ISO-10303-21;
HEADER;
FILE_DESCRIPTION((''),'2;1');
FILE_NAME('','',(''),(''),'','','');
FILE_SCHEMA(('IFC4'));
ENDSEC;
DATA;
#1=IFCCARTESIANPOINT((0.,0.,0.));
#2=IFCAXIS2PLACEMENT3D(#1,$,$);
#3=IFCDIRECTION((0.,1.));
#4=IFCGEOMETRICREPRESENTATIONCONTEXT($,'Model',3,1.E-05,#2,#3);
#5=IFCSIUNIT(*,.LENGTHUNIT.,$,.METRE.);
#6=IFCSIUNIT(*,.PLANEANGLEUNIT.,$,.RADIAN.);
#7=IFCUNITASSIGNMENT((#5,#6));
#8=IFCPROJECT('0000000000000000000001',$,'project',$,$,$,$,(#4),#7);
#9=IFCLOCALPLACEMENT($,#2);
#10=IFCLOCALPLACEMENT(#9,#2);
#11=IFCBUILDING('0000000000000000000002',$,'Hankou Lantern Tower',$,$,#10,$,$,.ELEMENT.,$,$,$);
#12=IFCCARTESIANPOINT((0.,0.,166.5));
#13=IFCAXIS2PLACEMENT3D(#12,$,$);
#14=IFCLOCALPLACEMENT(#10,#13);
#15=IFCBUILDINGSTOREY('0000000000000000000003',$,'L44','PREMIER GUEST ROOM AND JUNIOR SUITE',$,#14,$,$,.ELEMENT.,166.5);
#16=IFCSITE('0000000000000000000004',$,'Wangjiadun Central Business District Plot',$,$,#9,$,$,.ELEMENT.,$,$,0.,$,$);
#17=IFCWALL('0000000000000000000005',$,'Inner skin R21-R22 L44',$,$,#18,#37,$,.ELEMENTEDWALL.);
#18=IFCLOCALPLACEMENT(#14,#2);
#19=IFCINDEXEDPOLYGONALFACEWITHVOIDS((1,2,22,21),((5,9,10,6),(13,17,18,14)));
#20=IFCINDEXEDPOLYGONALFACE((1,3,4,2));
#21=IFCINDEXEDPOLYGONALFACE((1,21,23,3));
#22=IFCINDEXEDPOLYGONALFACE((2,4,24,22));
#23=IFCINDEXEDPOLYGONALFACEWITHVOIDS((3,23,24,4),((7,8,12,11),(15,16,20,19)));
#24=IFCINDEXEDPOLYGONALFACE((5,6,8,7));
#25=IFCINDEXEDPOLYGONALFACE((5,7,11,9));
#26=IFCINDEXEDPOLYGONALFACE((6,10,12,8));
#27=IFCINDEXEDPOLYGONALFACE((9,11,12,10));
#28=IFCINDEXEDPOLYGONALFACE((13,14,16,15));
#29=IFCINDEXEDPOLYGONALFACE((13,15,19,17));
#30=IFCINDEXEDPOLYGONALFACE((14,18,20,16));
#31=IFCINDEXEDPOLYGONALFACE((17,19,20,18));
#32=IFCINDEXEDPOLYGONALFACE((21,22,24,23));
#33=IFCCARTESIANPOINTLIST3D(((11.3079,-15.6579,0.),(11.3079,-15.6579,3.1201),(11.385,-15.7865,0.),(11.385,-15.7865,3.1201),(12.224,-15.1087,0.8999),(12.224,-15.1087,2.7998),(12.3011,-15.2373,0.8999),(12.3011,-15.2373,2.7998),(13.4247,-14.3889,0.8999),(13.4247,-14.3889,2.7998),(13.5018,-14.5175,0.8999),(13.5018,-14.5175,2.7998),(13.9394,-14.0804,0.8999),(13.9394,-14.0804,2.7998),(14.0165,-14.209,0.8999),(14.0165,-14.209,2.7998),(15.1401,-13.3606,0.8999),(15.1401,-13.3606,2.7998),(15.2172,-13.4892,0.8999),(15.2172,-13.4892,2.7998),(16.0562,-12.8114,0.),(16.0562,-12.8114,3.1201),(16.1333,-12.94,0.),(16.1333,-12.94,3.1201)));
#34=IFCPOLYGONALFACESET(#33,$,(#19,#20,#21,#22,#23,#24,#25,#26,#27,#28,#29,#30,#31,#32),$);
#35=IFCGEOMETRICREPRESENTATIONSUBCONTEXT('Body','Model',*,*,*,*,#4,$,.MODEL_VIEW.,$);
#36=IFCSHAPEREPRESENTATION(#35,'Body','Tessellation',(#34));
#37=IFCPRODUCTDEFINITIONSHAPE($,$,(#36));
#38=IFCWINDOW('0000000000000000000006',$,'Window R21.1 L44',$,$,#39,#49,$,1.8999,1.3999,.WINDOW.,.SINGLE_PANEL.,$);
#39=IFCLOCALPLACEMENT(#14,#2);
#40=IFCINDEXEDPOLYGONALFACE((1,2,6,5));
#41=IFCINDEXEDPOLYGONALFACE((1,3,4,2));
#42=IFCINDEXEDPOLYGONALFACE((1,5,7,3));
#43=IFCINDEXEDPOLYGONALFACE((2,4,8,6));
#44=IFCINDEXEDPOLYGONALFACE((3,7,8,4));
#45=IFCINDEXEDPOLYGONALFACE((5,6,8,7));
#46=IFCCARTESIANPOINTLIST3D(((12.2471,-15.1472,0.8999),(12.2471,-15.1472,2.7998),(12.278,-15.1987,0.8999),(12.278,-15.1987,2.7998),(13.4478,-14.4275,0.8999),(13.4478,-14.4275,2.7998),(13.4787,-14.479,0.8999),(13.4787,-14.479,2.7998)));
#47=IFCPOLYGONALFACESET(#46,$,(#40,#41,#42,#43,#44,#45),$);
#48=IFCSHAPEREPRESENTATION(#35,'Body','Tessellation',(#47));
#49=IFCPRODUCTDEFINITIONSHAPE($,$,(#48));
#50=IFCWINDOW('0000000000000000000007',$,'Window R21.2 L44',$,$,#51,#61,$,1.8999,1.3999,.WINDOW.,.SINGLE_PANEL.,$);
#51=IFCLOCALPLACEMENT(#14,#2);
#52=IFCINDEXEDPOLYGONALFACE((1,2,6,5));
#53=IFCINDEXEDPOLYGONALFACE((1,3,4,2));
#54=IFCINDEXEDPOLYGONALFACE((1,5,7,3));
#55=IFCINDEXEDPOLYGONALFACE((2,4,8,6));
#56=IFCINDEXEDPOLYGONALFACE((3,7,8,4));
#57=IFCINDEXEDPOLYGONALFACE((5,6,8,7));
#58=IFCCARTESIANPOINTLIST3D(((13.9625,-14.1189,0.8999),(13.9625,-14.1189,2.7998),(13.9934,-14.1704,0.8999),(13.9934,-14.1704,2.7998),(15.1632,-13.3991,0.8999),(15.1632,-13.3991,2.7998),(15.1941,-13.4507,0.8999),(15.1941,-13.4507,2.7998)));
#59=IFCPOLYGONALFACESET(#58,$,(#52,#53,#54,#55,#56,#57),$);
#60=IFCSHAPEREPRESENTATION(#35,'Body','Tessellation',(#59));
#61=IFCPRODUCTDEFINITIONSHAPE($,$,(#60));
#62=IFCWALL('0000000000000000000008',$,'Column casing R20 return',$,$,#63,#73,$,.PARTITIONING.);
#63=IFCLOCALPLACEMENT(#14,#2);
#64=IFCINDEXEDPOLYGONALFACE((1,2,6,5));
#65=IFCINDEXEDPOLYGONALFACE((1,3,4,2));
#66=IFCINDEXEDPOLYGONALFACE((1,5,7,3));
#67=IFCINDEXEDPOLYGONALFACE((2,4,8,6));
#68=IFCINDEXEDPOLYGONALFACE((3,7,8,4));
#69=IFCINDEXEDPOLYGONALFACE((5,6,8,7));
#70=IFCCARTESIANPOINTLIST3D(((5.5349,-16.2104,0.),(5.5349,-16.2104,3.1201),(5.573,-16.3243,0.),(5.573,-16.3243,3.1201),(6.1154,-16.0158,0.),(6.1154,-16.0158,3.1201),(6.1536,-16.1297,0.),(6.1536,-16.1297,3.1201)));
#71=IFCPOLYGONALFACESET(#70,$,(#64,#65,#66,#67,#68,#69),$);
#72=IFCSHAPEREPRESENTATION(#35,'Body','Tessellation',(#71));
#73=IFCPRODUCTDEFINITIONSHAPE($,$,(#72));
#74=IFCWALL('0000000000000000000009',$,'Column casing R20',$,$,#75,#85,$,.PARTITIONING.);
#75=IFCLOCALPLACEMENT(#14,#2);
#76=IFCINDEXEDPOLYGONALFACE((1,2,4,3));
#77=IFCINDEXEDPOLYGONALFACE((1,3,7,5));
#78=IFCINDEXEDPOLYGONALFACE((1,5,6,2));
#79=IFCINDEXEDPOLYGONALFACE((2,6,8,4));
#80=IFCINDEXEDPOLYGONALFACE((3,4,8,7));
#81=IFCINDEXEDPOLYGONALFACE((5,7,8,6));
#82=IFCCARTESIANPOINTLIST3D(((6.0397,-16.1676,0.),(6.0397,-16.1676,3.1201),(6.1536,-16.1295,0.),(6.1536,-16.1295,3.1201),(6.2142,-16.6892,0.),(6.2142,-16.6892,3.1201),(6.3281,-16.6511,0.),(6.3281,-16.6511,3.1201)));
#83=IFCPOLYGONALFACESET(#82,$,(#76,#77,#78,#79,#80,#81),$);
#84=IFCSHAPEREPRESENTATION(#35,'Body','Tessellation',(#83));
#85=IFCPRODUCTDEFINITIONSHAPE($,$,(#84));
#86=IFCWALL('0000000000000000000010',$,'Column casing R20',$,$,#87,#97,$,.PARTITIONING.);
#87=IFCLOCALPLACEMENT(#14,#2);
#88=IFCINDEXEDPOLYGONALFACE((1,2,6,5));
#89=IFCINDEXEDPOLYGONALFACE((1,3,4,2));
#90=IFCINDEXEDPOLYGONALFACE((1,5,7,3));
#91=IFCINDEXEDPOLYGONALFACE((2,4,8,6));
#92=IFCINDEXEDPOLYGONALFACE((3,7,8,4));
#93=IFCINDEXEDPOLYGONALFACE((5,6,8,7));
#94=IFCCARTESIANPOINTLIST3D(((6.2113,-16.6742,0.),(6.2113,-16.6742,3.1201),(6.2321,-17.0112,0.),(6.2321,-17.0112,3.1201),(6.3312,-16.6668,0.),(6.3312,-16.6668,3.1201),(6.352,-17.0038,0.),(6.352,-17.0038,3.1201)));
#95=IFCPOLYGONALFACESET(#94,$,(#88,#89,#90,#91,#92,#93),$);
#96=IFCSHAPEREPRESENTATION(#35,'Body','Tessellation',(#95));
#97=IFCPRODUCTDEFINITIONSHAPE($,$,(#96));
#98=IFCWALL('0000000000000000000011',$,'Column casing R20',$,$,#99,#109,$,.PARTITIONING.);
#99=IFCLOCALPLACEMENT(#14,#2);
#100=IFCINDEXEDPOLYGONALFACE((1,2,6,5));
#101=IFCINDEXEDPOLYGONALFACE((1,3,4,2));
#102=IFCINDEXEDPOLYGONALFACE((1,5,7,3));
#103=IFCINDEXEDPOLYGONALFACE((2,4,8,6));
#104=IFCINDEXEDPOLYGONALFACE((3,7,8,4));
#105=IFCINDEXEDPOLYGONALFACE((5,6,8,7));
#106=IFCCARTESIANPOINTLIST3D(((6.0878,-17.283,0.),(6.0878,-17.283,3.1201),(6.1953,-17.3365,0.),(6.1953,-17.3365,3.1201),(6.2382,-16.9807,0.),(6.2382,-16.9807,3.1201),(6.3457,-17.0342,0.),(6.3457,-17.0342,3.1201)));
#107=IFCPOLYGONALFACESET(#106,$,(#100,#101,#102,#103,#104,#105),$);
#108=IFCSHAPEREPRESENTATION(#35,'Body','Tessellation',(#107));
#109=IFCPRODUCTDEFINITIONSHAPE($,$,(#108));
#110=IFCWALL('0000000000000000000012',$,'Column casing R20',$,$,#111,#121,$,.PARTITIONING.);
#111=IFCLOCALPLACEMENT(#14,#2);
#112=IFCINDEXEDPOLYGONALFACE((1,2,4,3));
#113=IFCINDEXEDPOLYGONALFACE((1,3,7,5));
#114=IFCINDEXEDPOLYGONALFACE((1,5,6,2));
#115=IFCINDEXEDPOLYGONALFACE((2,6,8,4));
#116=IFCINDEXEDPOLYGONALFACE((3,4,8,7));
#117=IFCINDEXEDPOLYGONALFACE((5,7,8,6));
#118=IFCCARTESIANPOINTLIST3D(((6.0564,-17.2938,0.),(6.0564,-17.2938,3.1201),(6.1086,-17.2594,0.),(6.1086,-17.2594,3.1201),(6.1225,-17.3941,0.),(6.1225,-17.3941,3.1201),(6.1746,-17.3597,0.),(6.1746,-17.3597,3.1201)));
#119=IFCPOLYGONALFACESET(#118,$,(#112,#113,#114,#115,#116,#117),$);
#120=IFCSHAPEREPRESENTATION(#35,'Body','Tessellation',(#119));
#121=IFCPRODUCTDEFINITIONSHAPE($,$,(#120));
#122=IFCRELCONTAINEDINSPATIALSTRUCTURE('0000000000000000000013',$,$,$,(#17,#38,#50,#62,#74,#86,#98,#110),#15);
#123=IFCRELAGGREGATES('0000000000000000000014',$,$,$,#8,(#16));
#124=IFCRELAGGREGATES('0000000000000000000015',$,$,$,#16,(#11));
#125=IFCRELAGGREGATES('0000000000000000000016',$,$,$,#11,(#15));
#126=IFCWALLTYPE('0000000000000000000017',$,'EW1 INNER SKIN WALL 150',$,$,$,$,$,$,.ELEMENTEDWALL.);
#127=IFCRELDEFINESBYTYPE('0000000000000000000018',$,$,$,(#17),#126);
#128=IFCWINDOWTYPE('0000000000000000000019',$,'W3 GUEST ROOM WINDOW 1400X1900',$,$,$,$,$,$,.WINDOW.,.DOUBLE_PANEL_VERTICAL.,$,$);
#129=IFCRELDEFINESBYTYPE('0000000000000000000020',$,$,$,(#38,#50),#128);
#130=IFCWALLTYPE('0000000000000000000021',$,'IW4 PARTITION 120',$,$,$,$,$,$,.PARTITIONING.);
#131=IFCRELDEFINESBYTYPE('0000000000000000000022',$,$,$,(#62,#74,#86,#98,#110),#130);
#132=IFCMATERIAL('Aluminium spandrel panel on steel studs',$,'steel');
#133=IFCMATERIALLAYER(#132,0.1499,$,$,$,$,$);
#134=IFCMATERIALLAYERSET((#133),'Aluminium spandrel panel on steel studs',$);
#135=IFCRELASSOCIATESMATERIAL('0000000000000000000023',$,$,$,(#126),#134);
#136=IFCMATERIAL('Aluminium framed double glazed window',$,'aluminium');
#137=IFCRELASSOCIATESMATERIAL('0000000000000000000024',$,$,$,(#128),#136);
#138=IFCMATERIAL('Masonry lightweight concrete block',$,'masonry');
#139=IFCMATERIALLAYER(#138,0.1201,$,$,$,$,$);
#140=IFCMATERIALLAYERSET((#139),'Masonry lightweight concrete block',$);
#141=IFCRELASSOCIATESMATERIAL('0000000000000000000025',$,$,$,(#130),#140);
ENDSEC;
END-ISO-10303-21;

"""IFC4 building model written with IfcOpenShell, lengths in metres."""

from ifc_helpers import new_model, si_unit, direction, frame, frame_2d, origin, place, context, subcontext, project, spatial, rectangle, extrude, material, layer, layer_set, type_object, element, fill, save


model = new_model("IFC4")

# Units and contexts
model_context = context("Model", 3, precision=1e-05, world=origin(), true_north=direction((0.0, 1.0)))
body_context = subcontext(model_context, "Body", "Model", "MODEL_VIEW")
ifc_project = project(units=[si_unit("LENGTHUNIT", "METRE"), si_unit("PLANEANGLEUNIT", "RADIAN")], contexts=[model_context])

# Site, building, storey
site_placement = place(None, origin())
site = spatial("IfcSite", under=ifc_project, at=site_placement, Name="Wangjiadun Central Business District Plot", CompositionType="ELEMENT", RefElevation=0.0)
building_placement = place(site_placement, origin())
building = spatial("IfcBuilding", under=site, at=building_placement, Name="Hankou Lantern Tower", CompositionType="ELEMENT")
storey_placement = place(building_placement, frame((0.0, 0.0, 166.5)))
storey = spatial("IfcBuildingStorey", under=building, at=storey_placement, Name="L44", Description="PREMIER GUEST ROOM AND JUNIOR SUITE", CompositionType="ELEMENT", Elevation=166.5)

# Wall, openings, windows
ifc_material_1 = material(Name="Aluminium spandrel panel on steel studs", Category="steel")
ifc_layer_1 = layer(ifc_material_1, 0.1499)
ifc_layer_set_1 = layer_set([ifc_layer_1], Name="Aluminium spandrel panel on steel studs")
wall_type_1 = type_object("IfcWallType", Name="EW1 INNER SKIN WALL 150", PredefinedType="ELEMENTEDWALL", material=ifc_layer_set_1)
ifc_material_2 = material(Name="Aluminium framed double glazed window", Category="aluminium")
window_type = type_object("IfcWindowType", Name="W3 GUEST ROOM WINDOW 1400X1900", PartitioningType="DOUBLE_PANEL_VERTICAL", PredefinedType="WINDOW", material=ifc_material_2)
wall_1_placement = place(storey_placement, frame((11.3464, -15.7222, 0.0), z_axis=(0.0, 0.0, 1.0), x_axis=(0.857695, 0.514158, 0.0)))
wall_1 = element("IfcWall", 1, at=wall_1_placement, inside=storey, type_object=wall_type_1, Name="Inner skin R21-R22 L44", PredefinedType="ELEMENTEDWALL", context=body_context, shape_type="SweptSolid", body=[
    extrude(rectangle(XDim=5.5361, YDim=0.1499, at=frame_2d((2.7681, 0.0))), origin(), (0.0, 0.0, 1.0), 3.1201),
])
opening_1_placement = place(wall_1_placement, frame((1.0681, 0.0, 0.8999)))
opening_1 = element("IfcOpeningElement", 2, at=opening_1_placement, cuts=wall_1, PredefinedType="OPENING", context=body_context, shape_type="SweptSolid", body=[
    extrude(rectangle(XDim=1.3999, YDim=1.8999, at=frame_2d((0.7, 0.95))), frame((0.0, 0.085, 0.0), z_axis=(0.0, -1.0, 0.0), x_axis=(1.0, 0.0, 0.0)), (0.0, 0.0, 1.0), 0.1699),
])
opening_2_placement = place(wall_1_placement, frame((3.0681, 0.0, 0.8999)))
opening_2 = element("IfcOpeningElement", 3, at=opening_2_placement, cuts=wall_1, PredefinedType="OPENING", context=body_context, shape_type="SweptSolid", body=[
    extrude(rectangle(XDim=1.3999, YDim=1.8999, at=frame_2d((0.7, 0.95))), frame((0.0, 0.085, 0.0), z_axis=(0.0, -1.0, 0.0), x_axis=(1.0, 0.0, 0.0)), (0.0, 0.0, 1.0), 0.1699),
])
window_1_placement = place(opening_1_placement, origin())
window_1 = element("IfcWindow", 4, at=window_1_placement, inside=storey, type_object=window_type, Name="Window R21.1 L44", OverallHeight=1.8999, OverallWidth=1.3999, PartitioningType="SINGLE_PANEL", PredefinedType="WINDOW", context=body_context, shape_type="SweptSolid", body=[
    extrude(rectangle(XDim=1.3999, YDim=1.8999, at=frame_2d((0.7, 0.95))), frame((0.0, 0.03, 0.0), z_axis=(0.0, -1.0, 0.0), x_axis=(1.0, 0.0, 0.0)), (0.0, 0.0, 1.0), 0.0601),
])
fill(opening_1, window_1)
window_2_placement = place(opening_2_placement, origin())
window_2 = element("IfcWindow", 5, at=window_2_placement, inside=storey, type_object=window_type, Name="Window R21.2 L44", OverallHeight=1.8999, OverallWidth=1.3999, PartitioningType="SINGLE_PANEL", PredefinedType="WINDOW", context=body_context, shape_type="SweptSolid", body=[
    extrude(rectangle(XDim=1.3999, YDim=1.8999, at=frame_2d((0.7, 0.95))), frame((0.0, 0.03, 0.0), z_axis=(0.0, -1.0, 0.0), x_axis=(1.0, 0.0, 0.0)), (0.0, 0.0, 1.0), 0.0601),
])
fill(opening_2, window_2)

# Walls
ifc_material_3 = material(Name="Masonry lightweight concrete block", Category="masonry")
ifc_layer_2 = layer(ifc_material_3, 0.1201)
ifc_layer_set_2 = layer_set([ifc_layer_2], Name="Masonry lightweight concrete block")
wall_type_2 = type_object("IfcWallType", Name="IW4 PARTITION 120", PredefinedType="PARTITIONING", material=ifc_layer_set_2)
wall_2_placement = place(storey_placement, frame((5.554, -16.2673, 0.0), z_axis=(0.0, 0.0, 1.0), x_axis=(0.948164, 0.317782, 0.0)))
element("IfcWall", 6, at=wall_2_placement, inside=storey, type_object=wall_type_2, Name="Column casing R20 return", PredefinedType="PARTITIONING", context=body_context, shape_type="SweptSolid", body=[
    extrude(rectangle(XDim=0.6123, YDim=0.1201, at=frame_2d((0.3062, 0.0))), origin(), (0.0, 0.0, 1.0), 3.1201),
])
wall_3_placement = place(storey_placement, frame((6.0967, -16.1487, 0.0), z_axis=(0.0, 0.0, 1.0), x_axis=(0.317293, -0.948328, 0.0)))
element("IfcWall", 7, at=wall_3_placement, inside=storey, type_object=wall_type_2, Name="Column casing R20", PredefinedType="PARTITIONING", context=body_context, shape_type="SweptSolid", body=[
    extrude(rectangle(XDim=0.55, YDim=0.1201, at=frame_2d((0.2749, 0.0))), origin(), (0.0, 0.0, 1.0), 3.1201),
])
for number, where, z_axis, x_axis, name in (
    (8, (6.2712, -16.6704, 0.0), (0.0, 0.0, 1.0), (0.061478, -0.998108, 0.0), "Column casing R20"),
    (9, (6.292, -17.0073, 0.0), (0.0, 0.0, 1.0), (-0.445477, -0.895293, 0.0), "Column casing R20"),
):
    element("IfcWall", number, at=place(storey_placement, frame(where, z_axis=z_axis, x_axis=x_axis)), inside=storey, type_object=wall_type_2, Name=name, PredefinedType="PARTITIONING", context=body_context, shape_type="SweptSolid", body=[
        extrude(rectangle(XDim=0.3376, YDim=0.1201, at=frame_2d((0.1689, 0.0))), origin(), (0.0, 0.0, 1.0), 3.1201),
    ])
wall_4_placement = place(storey_placement, frame((6.1416, -17.3096, 0.0), z_axis=(0.0, 0.0, 1.0), x_axis=(-0.83504, -0.55019, 0.0)))
element("IfcWall", 10, at=wall_4_placement, inside=storey, type_object=wall_type_2, Name="Column casing R20", PredefinedType="PARTITIONING", context=body_context, shape_type="SweptSolid", body=[
    extrude(rectangle(XDim=0.0625, YDim=0.1201, at=frame_2d((0.0312, 0.0))), origin(), (0.0, 0.0, 1.0), 3.1201),
])

save(model, "model.ifc")
